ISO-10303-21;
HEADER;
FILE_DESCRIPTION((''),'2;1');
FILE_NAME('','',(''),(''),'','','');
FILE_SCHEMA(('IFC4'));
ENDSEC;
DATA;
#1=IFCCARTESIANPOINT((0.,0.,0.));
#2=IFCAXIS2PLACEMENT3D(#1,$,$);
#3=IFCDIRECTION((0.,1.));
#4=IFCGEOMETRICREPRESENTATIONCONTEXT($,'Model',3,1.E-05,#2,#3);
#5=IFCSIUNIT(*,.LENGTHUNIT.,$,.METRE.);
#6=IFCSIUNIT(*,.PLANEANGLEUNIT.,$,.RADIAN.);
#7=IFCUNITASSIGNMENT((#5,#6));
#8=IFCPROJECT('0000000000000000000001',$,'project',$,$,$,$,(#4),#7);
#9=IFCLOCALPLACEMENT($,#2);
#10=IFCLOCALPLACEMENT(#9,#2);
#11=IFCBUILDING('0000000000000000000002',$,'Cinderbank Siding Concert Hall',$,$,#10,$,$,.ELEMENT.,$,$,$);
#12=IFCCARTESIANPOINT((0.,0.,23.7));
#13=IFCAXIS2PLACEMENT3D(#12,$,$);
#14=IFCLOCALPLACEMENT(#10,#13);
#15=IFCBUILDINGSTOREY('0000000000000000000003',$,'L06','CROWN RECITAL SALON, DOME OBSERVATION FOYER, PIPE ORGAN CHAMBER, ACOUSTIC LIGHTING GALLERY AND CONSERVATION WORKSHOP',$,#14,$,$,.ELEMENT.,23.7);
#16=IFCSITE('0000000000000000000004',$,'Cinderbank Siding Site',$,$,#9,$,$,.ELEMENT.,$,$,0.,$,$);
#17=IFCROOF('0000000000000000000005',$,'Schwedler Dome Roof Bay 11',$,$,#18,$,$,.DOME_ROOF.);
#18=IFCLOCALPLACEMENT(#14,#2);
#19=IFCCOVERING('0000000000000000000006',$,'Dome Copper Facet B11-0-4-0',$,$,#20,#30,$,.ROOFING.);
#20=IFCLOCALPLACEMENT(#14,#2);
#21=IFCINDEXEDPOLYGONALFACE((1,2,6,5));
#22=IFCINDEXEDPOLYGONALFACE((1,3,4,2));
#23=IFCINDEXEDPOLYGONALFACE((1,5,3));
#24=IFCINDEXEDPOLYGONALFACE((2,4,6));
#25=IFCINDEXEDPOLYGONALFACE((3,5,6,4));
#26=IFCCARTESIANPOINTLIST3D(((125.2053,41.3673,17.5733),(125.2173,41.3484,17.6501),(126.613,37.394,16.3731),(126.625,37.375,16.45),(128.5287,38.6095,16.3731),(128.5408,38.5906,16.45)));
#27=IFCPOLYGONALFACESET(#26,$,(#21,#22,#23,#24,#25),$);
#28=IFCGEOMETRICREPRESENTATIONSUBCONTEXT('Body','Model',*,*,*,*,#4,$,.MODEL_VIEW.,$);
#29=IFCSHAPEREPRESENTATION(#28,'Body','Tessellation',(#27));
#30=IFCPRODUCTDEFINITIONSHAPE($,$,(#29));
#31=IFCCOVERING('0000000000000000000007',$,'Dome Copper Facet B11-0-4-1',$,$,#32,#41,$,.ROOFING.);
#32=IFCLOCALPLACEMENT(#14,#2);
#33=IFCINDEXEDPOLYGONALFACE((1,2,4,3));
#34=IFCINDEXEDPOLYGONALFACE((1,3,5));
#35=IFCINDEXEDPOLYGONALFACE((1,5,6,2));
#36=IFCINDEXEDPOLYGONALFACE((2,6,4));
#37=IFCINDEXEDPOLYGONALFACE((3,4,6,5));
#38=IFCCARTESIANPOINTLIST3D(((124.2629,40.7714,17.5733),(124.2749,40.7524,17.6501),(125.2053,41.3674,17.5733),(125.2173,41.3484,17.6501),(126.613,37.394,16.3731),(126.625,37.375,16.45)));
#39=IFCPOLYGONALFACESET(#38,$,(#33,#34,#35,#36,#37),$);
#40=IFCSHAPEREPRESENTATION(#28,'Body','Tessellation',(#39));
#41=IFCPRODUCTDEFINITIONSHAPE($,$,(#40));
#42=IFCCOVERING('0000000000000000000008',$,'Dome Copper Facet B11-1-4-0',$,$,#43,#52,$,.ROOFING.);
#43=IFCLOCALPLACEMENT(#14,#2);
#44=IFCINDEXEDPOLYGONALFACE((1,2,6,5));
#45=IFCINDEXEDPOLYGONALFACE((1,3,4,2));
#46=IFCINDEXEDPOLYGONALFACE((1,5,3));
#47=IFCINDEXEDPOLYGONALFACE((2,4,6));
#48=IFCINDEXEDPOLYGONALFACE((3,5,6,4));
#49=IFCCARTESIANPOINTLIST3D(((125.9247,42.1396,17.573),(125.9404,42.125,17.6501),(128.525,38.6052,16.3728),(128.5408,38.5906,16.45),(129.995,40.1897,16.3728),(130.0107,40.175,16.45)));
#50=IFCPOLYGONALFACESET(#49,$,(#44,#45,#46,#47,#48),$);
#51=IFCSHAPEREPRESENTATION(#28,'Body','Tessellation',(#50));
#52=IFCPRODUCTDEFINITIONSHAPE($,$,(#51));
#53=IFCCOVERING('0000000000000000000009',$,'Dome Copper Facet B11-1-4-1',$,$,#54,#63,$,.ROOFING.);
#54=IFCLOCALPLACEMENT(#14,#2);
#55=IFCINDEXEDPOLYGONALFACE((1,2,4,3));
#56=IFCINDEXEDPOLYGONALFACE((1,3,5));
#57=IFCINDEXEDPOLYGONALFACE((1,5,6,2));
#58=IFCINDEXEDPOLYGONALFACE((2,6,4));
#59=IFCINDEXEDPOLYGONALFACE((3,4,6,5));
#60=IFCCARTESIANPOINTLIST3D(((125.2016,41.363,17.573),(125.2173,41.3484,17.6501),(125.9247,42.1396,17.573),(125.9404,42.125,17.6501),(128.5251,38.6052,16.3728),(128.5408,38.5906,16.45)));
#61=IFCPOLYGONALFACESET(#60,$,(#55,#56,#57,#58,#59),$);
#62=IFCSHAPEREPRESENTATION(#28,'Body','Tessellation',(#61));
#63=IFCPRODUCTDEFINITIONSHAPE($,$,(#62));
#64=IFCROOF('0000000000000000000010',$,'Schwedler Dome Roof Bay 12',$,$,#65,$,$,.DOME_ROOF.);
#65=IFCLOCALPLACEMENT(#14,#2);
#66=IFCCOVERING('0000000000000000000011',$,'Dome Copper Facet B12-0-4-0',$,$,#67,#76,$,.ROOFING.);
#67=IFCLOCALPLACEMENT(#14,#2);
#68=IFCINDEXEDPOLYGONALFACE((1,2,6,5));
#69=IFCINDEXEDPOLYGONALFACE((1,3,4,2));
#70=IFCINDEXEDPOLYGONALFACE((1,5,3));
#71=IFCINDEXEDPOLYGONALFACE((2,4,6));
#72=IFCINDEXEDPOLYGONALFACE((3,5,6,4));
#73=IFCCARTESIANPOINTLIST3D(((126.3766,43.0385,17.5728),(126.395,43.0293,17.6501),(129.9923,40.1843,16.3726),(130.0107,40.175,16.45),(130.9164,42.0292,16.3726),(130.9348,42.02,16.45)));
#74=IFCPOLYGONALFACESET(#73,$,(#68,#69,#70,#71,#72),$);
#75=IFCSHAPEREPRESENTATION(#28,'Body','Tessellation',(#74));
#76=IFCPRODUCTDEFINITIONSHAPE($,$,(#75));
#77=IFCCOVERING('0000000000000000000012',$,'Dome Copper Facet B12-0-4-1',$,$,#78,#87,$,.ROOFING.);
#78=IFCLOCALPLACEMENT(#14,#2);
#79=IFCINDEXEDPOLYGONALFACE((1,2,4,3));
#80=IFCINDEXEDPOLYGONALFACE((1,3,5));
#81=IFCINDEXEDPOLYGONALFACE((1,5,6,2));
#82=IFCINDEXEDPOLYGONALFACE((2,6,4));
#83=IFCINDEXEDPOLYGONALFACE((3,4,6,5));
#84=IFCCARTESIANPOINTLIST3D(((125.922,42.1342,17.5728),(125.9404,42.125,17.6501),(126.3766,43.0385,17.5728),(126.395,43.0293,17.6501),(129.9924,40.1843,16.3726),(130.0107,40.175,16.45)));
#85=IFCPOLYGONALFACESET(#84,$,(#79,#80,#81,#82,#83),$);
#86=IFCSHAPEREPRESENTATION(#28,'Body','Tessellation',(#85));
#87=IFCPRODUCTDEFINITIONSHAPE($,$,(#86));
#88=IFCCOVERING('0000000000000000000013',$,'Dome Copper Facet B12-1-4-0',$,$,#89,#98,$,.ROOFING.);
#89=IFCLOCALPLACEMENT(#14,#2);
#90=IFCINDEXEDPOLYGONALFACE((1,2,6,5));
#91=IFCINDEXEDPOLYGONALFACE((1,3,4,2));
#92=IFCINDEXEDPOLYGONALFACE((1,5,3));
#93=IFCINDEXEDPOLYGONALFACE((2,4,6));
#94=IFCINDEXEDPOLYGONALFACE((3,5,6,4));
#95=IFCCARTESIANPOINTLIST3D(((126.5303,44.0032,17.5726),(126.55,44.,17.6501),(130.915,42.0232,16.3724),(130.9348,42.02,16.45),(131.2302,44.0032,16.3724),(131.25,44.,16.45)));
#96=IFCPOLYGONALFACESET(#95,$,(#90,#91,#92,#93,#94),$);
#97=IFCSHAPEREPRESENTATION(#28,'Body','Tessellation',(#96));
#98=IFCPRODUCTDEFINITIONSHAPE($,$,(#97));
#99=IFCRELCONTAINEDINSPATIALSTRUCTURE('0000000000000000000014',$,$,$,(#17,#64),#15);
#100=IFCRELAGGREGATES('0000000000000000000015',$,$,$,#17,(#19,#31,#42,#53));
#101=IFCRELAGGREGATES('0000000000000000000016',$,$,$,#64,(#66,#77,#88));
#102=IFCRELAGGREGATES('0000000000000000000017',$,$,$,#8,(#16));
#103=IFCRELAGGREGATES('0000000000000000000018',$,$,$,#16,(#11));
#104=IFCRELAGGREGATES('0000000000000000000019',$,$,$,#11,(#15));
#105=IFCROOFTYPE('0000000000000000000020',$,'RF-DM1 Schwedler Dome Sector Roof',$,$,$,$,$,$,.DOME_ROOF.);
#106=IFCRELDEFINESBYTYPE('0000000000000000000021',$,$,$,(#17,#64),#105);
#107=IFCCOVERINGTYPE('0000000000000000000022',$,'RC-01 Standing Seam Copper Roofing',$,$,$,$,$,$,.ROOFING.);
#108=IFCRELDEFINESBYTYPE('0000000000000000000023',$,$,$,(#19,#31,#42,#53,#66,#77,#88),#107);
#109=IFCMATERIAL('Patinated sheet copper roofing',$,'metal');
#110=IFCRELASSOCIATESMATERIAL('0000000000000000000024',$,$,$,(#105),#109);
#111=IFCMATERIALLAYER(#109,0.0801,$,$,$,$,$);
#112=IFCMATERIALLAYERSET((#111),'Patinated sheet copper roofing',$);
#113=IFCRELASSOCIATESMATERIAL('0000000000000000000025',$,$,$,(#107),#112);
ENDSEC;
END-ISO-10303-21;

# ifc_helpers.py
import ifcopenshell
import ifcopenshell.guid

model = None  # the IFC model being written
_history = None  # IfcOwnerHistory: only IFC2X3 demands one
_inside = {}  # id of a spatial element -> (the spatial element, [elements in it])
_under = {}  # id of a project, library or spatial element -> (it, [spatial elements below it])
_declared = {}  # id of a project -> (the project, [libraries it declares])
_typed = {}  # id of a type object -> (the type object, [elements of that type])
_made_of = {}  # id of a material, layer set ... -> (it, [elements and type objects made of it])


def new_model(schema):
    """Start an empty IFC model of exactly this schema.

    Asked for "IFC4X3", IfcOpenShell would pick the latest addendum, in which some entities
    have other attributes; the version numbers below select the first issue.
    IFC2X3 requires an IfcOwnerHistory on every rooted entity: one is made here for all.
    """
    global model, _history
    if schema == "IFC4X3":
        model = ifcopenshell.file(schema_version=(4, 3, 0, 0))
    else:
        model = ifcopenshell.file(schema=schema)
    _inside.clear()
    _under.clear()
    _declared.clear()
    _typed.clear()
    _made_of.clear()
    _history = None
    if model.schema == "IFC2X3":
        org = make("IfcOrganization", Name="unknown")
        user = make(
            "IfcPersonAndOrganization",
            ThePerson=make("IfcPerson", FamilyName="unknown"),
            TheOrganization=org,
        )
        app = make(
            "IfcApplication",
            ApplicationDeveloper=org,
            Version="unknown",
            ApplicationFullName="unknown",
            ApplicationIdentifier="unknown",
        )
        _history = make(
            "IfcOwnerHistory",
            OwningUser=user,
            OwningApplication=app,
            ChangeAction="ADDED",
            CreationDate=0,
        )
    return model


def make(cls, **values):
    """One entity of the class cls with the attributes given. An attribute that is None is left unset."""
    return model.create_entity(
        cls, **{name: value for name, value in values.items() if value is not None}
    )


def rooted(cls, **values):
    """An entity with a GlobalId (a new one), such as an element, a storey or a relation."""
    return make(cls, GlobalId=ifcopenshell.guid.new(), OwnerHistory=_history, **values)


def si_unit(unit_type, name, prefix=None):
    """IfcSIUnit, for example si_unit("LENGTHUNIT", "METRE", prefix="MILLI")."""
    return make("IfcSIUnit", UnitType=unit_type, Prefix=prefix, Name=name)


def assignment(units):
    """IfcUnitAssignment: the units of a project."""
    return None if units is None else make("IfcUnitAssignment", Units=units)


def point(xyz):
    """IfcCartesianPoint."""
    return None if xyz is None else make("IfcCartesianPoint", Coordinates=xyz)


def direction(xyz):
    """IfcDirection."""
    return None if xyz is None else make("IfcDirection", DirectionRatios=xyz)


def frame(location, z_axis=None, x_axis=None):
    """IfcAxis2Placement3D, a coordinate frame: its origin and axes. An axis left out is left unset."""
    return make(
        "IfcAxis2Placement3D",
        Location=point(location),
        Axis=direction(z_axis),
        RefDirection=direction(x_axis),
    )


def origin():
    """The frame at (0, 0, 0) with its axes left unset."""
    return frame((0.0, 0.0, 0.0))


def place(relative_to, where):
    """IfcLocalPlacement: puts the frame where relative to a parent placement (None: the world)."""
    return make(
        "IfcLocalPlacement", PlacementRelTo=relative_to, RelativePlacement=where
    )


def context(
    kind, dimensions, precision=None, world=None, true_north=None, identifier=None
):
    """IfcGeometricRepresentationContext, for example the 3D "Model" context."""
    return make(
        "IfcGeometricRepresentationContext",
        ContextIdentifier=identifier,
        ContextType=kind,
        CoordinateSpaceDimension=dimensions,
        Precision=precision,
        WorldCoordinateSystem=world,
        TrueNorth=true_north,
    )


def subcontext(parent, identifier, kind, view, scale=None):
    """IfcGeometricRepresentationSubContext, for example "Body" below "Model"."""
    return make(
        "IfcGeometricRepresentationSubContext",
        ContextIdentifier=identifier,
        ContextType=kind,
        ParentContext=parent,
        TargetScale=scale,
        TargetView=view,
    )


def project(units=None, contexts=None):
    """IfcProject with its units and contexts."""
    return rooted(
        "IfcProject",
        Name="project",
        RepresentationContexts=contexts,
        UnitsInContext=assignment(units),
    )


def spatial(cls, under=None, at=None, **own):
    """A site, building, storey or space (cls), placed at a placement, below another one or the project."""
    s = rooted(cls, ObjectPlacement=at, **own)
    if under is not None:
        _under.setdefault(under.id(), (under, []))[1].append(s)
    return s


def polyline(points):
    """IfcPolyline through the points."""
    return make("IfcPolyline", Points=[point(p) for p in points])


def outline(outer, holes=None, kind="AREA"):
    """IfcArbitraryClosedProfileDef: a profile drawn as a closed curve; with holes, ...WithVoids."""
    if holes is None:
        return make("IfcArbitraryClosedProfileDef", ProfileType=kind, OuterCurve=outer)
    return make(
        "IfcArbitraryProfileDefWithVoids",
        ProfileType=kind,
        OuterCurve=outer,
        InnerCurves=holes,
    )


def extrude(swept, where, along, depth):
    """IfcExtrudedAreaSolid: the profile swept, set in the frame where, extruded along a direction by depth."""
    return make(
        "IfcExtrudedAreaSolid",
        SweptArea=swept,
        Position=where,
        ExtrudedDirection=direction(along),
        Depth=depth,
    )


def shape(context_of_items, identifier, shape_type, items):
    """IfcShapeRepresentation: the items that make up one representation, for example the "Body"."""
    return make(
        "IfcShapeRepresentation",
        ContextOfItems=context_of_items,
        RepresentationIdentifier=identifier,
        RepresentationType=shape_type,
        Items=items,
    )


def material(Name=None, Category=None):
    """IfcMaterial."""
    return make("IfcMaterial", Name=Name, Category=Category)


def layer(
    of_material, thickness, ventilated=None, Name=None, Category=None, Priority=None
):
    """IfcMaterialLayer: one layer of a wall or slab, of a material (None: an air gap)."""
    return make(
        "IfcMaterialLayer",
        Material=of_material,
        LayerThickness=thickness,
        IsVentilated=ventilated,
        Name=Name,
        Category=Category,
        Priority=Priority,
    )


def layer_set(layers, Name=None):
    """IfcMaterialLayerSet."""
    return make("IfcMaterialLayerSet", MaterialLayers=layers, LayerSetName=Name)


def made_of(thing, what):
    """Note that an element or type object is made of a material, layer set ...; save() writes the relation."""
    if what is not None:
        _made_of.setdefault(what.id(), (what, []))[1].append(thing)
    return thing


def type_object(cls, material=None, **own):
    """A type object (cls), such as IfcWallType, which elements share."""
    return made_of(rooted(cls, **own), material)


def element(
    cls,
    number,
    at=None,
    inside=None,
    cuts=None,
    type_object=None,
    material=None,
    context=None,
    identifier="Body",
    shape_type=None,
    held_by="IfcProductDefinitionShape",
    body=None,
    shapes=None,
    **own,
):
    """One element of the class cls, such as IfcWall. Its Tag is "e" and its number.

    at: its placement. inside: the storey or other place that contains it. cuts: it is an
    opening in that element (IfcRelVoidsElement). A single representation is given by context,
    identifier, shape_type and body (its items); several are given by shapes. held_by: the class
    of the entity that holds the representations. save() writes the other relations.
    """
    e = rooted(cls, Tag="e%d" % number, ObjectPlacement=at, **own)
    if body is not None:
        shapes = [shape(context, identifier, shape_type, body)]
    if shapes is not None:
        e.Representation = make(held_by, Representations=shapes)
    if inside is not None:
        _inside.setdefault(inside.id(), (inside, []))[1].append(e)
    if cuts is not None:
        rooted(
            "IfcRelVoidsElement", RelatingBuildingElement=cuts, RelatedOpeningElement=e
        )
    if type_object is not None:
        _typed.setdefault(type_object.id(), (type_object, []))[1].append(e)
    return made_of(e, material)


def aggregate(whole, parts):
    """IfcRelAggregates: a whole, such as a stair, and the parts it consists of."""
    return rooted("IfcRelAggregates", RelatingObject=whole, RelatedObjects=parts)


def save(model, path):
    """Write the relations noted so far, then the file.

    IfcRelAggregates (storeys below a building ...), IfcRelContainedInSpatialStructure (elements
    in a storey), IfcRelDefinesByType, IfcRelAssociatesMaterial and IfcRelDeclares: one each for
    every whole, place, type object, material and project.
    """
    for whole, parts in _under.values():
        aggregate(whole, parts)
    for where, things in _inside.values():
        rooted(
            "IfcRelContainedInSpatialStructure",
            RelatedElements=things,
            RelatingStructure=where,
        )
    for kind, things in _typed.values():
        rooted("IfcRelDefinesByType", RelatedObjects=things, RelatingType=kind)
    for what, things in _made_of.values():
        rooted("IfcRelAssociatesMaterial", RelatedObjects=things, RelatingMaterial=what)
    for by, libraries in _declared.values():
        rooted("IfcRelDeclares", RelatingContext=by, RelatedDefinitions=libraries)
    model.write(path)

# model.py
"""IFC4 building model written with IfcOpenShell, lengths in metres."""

from ifc_helpers import new_model, si_unit, direction, frame, origin, place, context, subcontext, project, spatial, polyline, outline, extrude, material, layer, layer_set, type_object, element, aggregate, save


model = new_model("IFC4")

# Units and contexts
model_context = context("Model", 3, precision=1e-05, world=origin(), true_north=direction((0.0, 1.0)))
body_context = subcontext(model_context, "Body", "Model", "MODEL_VIEW")
ifc_project = project(units=[si_unit("LENGTHUNIT", "METRE"), si_unit("PLANEANGLEUNIT", "RADIAN")], contexts=[model_context])

# Site, building, storey
site_placement = place(None, origin())
site = spatial("IfcSite", under=ifc_project, at=site_placement, Name="Cinderbank Siding Site", CompositionType="ELEMENT", RefElevation=0.0)
building_placement = place(site_placement, origin())
building = spatial("IfcBuilding", under=site, at=building_placement, Name="Cinderbank Siding Concert Hall", CompositionType="ELEMENT")
storey_placement = place(building_placement, frame((0.0, 0.0, 23.7)))
storey = spatial("IfcBuildingStorey", under=building, at=storey_placement, Name="L06", Description="CROWN RECITAL SALON, DOME OBSERVATION FOYER, PIPE ORGAN CHAMBER, ACOUSTIC LIGHTING GALLERY AND CONSERVATION WORKSHOP", CompositionType="ELEMENT", Elevation=23.7)

# Roofs, coverings
ifc_material_1 = material(Name="Patinated sheet copper roofing", Category="metal")
roof_type = type_object("IfcRoofType", Name="RF-DM1 Schwedler Dome Sector Roof", PredefinedType="DOME_ROOF", material=ifc_material_1)
roof_1_placement = place(storey_placement, origin())
roof_1 = element("IfcRoof", 1, at=roof_1_placement, inside=storey, type_object=roof_type, Name="Schwedler Dome Roof Bay 11", PredefinedType="DOME_ROOF")
ifc_layer_1 = layer(ifc_material_1, 0.0801)
ifc_layer_set_1 = layer_set([ifc_layer_1], Name="Patinated sheet copper roofing")
covering_type = type_object("IfcCoveringType", Name="RC-01 Standing Seam Copper Roofing", PredefinedType="ROOFING", material=ifc_layer_set_1)
covering_1_placement = place(storey_placement, frame((126.625, 37.375, 16.45), z_axis=(0.150206, -0.236728, 0.959895), x_axis=(0.84437, 0.535761, 0.0)))
covering_1 = element("IfcCovering", 2, at=covering_1_placement, type_object=covering_type, Name="Dome Copper Facet B11-0-4-0", PredefinedType="ROOFING", context=body_context, shape_type="SweptSolid", body=[
    extrude(outline(polyline([(0.0, 0.0), (2.2689, 0.0), (0.9402, 4.2809), (0.0, 0.0)])), origin(), (0.0, 0.0, -1.0), 0.0801),
])
covering_2_placement = place(storey_placement, frame((126.625, 37.375, 16.45), z_axis=(0.149799, -0.23688, 0.959921), x_axis=(-0.321182, 0.906563, 0.273835)))
covering_2 = element("IfcCovering", 3, at=covering_2_placement, type_object=covering_type, Name="Dome Copper Facet B11-0-4-1", PredefinedType="ROOFING", context=body_context, shape_type="SweptSolid", body=[
    extrude(outline(polyline([(0.0, 0.0), (4.3829, 0.0), (4.1453, 1.0894), (0.0, 0.0)])), origin(), (0.0, 0.0, -1.0), 0.0801),
])
covering_3_placement = place(storey_placement, frame((128.5408, 38.5906, 16.45), z_axis=(0.196656, -0.182444, 0.963349), x_axis=(0.680122, 0.733099, 0.0)))
covering_3 = element("IfcCovering", 4, at=covering_3_placement, type_object=covering_type, Name="Dome Copper Facet B11-1-4-0", PredefinedType="ROOFING", context=body_context, shape_type="SweptSolid", body=[
    extrude(outline(polyline([(0.0, 0.0), (2.1613, 0.0), (0.8225, 4.4741), (0.0, 0.0)])), origin(), (0.0, 0.0, -1.0), 0.0801),
])
covering_4_placement = place(storey_placement, frame((128.5408, 38.5906, 16.45), z_axis=(0.196257, -0.182746, 0.963373), x_axis=(-0.571616, 0.776948, 0.263831)))
covering_4 = element("IfcCovering", 5, at=covering_4_placement, type_object=covering_type, Name="Dome Copper Facet B11-1-4-1", PredefinedType="ROOFING", context=body_context, shape_type="SweptSolid", body=[
    extrude(outline(polyline([(0.0, 0.0), (4.5491, 0.0), (4.3591, 1.044), (0.0, 0.0)])), origin(), (0.0, 0.0, -1.0), 0.0801),
])
aggregate(roof_1, [covering_1, covering_2, covering_3, covering_4])
roof_2_placement = place(storey_placement, origin())
roof_2 = element("IfcRoof", 6, at=roof_2_placement, inside=storey, type_object=roof_type, Name="Schwedler Dome Roof Bay 12", PredefinedType="DOME_ROOF")
covering_5_placement = place(storey_placement, frame((130.0107, 40.175, 16.45), z_axis=(0.229887, -0.115141, 0.966382), x_axis=(0.447829, 0.894119, 0.0)))
covering_5 = element("IfcCovering", 7, at=covering_5_placement, type_object=covering_type, Name="Dome Copper Facet B12-0-4-0", PredefinedType="ROOFING", context=body_context, shape_type="SweptSolid", body=[
    extrude(outline(polyline([(0.0, 0.0), (2.0635, 0.0), (0.9328, 4.668), (0.0, 0.0)])), origin(), (0.0, 0.0, -1.0), 0.0801),
])
covering_6_placement = place(storey_placement, frame((130.0107, 40.175, 16.45), z_axis=(0.229652, -0.115446, 0.966402), x_axis=(-0.759554, 0.599592, 0.252125)))
covering_6 = element("IfcCovering", 8, at=covering_6_placement, type_object=covering_type, Name="Dome Copper Facet B12-0-4-1", PredefinedType="ROOFING", context=body_context, shape_type="SweptSolid", body=[
    extrude(outline(polyline([(0.0, 0.0), (4.7603, 0.0), (4.5634, 0.9928), (0.0, 0.0)])), origin(), (0.0, 0.0, -1.0), 0.0801),
])
covering_7_placement = place(storey_placement, frame((130.9348, 42.02, 16.45), z_axis=(0.247232, -0.039356, 0.968157), x_axis=(0.157207, 0.987566, 0.0)))
covering_7 = element("IfcCovering", 9, at=covering_7_placement, type_object=covering_type, Name="Dome Copper Facet B12-1-4-0", PredefinedType="ROOFING", context=body_context, shape_type="SweptSolid", body=[
    extrude(outline(polyline([(0.0, 0.0), (2.0049, 0.0), (1.266, 4.7942), (0.0, 0.0)])), origin(), (0.0, 0.0, -1.0), 0.0801),
])
aggregate(roof_2, [covering_5, covering_6, covering_7])

save(model, "model.ifc")
